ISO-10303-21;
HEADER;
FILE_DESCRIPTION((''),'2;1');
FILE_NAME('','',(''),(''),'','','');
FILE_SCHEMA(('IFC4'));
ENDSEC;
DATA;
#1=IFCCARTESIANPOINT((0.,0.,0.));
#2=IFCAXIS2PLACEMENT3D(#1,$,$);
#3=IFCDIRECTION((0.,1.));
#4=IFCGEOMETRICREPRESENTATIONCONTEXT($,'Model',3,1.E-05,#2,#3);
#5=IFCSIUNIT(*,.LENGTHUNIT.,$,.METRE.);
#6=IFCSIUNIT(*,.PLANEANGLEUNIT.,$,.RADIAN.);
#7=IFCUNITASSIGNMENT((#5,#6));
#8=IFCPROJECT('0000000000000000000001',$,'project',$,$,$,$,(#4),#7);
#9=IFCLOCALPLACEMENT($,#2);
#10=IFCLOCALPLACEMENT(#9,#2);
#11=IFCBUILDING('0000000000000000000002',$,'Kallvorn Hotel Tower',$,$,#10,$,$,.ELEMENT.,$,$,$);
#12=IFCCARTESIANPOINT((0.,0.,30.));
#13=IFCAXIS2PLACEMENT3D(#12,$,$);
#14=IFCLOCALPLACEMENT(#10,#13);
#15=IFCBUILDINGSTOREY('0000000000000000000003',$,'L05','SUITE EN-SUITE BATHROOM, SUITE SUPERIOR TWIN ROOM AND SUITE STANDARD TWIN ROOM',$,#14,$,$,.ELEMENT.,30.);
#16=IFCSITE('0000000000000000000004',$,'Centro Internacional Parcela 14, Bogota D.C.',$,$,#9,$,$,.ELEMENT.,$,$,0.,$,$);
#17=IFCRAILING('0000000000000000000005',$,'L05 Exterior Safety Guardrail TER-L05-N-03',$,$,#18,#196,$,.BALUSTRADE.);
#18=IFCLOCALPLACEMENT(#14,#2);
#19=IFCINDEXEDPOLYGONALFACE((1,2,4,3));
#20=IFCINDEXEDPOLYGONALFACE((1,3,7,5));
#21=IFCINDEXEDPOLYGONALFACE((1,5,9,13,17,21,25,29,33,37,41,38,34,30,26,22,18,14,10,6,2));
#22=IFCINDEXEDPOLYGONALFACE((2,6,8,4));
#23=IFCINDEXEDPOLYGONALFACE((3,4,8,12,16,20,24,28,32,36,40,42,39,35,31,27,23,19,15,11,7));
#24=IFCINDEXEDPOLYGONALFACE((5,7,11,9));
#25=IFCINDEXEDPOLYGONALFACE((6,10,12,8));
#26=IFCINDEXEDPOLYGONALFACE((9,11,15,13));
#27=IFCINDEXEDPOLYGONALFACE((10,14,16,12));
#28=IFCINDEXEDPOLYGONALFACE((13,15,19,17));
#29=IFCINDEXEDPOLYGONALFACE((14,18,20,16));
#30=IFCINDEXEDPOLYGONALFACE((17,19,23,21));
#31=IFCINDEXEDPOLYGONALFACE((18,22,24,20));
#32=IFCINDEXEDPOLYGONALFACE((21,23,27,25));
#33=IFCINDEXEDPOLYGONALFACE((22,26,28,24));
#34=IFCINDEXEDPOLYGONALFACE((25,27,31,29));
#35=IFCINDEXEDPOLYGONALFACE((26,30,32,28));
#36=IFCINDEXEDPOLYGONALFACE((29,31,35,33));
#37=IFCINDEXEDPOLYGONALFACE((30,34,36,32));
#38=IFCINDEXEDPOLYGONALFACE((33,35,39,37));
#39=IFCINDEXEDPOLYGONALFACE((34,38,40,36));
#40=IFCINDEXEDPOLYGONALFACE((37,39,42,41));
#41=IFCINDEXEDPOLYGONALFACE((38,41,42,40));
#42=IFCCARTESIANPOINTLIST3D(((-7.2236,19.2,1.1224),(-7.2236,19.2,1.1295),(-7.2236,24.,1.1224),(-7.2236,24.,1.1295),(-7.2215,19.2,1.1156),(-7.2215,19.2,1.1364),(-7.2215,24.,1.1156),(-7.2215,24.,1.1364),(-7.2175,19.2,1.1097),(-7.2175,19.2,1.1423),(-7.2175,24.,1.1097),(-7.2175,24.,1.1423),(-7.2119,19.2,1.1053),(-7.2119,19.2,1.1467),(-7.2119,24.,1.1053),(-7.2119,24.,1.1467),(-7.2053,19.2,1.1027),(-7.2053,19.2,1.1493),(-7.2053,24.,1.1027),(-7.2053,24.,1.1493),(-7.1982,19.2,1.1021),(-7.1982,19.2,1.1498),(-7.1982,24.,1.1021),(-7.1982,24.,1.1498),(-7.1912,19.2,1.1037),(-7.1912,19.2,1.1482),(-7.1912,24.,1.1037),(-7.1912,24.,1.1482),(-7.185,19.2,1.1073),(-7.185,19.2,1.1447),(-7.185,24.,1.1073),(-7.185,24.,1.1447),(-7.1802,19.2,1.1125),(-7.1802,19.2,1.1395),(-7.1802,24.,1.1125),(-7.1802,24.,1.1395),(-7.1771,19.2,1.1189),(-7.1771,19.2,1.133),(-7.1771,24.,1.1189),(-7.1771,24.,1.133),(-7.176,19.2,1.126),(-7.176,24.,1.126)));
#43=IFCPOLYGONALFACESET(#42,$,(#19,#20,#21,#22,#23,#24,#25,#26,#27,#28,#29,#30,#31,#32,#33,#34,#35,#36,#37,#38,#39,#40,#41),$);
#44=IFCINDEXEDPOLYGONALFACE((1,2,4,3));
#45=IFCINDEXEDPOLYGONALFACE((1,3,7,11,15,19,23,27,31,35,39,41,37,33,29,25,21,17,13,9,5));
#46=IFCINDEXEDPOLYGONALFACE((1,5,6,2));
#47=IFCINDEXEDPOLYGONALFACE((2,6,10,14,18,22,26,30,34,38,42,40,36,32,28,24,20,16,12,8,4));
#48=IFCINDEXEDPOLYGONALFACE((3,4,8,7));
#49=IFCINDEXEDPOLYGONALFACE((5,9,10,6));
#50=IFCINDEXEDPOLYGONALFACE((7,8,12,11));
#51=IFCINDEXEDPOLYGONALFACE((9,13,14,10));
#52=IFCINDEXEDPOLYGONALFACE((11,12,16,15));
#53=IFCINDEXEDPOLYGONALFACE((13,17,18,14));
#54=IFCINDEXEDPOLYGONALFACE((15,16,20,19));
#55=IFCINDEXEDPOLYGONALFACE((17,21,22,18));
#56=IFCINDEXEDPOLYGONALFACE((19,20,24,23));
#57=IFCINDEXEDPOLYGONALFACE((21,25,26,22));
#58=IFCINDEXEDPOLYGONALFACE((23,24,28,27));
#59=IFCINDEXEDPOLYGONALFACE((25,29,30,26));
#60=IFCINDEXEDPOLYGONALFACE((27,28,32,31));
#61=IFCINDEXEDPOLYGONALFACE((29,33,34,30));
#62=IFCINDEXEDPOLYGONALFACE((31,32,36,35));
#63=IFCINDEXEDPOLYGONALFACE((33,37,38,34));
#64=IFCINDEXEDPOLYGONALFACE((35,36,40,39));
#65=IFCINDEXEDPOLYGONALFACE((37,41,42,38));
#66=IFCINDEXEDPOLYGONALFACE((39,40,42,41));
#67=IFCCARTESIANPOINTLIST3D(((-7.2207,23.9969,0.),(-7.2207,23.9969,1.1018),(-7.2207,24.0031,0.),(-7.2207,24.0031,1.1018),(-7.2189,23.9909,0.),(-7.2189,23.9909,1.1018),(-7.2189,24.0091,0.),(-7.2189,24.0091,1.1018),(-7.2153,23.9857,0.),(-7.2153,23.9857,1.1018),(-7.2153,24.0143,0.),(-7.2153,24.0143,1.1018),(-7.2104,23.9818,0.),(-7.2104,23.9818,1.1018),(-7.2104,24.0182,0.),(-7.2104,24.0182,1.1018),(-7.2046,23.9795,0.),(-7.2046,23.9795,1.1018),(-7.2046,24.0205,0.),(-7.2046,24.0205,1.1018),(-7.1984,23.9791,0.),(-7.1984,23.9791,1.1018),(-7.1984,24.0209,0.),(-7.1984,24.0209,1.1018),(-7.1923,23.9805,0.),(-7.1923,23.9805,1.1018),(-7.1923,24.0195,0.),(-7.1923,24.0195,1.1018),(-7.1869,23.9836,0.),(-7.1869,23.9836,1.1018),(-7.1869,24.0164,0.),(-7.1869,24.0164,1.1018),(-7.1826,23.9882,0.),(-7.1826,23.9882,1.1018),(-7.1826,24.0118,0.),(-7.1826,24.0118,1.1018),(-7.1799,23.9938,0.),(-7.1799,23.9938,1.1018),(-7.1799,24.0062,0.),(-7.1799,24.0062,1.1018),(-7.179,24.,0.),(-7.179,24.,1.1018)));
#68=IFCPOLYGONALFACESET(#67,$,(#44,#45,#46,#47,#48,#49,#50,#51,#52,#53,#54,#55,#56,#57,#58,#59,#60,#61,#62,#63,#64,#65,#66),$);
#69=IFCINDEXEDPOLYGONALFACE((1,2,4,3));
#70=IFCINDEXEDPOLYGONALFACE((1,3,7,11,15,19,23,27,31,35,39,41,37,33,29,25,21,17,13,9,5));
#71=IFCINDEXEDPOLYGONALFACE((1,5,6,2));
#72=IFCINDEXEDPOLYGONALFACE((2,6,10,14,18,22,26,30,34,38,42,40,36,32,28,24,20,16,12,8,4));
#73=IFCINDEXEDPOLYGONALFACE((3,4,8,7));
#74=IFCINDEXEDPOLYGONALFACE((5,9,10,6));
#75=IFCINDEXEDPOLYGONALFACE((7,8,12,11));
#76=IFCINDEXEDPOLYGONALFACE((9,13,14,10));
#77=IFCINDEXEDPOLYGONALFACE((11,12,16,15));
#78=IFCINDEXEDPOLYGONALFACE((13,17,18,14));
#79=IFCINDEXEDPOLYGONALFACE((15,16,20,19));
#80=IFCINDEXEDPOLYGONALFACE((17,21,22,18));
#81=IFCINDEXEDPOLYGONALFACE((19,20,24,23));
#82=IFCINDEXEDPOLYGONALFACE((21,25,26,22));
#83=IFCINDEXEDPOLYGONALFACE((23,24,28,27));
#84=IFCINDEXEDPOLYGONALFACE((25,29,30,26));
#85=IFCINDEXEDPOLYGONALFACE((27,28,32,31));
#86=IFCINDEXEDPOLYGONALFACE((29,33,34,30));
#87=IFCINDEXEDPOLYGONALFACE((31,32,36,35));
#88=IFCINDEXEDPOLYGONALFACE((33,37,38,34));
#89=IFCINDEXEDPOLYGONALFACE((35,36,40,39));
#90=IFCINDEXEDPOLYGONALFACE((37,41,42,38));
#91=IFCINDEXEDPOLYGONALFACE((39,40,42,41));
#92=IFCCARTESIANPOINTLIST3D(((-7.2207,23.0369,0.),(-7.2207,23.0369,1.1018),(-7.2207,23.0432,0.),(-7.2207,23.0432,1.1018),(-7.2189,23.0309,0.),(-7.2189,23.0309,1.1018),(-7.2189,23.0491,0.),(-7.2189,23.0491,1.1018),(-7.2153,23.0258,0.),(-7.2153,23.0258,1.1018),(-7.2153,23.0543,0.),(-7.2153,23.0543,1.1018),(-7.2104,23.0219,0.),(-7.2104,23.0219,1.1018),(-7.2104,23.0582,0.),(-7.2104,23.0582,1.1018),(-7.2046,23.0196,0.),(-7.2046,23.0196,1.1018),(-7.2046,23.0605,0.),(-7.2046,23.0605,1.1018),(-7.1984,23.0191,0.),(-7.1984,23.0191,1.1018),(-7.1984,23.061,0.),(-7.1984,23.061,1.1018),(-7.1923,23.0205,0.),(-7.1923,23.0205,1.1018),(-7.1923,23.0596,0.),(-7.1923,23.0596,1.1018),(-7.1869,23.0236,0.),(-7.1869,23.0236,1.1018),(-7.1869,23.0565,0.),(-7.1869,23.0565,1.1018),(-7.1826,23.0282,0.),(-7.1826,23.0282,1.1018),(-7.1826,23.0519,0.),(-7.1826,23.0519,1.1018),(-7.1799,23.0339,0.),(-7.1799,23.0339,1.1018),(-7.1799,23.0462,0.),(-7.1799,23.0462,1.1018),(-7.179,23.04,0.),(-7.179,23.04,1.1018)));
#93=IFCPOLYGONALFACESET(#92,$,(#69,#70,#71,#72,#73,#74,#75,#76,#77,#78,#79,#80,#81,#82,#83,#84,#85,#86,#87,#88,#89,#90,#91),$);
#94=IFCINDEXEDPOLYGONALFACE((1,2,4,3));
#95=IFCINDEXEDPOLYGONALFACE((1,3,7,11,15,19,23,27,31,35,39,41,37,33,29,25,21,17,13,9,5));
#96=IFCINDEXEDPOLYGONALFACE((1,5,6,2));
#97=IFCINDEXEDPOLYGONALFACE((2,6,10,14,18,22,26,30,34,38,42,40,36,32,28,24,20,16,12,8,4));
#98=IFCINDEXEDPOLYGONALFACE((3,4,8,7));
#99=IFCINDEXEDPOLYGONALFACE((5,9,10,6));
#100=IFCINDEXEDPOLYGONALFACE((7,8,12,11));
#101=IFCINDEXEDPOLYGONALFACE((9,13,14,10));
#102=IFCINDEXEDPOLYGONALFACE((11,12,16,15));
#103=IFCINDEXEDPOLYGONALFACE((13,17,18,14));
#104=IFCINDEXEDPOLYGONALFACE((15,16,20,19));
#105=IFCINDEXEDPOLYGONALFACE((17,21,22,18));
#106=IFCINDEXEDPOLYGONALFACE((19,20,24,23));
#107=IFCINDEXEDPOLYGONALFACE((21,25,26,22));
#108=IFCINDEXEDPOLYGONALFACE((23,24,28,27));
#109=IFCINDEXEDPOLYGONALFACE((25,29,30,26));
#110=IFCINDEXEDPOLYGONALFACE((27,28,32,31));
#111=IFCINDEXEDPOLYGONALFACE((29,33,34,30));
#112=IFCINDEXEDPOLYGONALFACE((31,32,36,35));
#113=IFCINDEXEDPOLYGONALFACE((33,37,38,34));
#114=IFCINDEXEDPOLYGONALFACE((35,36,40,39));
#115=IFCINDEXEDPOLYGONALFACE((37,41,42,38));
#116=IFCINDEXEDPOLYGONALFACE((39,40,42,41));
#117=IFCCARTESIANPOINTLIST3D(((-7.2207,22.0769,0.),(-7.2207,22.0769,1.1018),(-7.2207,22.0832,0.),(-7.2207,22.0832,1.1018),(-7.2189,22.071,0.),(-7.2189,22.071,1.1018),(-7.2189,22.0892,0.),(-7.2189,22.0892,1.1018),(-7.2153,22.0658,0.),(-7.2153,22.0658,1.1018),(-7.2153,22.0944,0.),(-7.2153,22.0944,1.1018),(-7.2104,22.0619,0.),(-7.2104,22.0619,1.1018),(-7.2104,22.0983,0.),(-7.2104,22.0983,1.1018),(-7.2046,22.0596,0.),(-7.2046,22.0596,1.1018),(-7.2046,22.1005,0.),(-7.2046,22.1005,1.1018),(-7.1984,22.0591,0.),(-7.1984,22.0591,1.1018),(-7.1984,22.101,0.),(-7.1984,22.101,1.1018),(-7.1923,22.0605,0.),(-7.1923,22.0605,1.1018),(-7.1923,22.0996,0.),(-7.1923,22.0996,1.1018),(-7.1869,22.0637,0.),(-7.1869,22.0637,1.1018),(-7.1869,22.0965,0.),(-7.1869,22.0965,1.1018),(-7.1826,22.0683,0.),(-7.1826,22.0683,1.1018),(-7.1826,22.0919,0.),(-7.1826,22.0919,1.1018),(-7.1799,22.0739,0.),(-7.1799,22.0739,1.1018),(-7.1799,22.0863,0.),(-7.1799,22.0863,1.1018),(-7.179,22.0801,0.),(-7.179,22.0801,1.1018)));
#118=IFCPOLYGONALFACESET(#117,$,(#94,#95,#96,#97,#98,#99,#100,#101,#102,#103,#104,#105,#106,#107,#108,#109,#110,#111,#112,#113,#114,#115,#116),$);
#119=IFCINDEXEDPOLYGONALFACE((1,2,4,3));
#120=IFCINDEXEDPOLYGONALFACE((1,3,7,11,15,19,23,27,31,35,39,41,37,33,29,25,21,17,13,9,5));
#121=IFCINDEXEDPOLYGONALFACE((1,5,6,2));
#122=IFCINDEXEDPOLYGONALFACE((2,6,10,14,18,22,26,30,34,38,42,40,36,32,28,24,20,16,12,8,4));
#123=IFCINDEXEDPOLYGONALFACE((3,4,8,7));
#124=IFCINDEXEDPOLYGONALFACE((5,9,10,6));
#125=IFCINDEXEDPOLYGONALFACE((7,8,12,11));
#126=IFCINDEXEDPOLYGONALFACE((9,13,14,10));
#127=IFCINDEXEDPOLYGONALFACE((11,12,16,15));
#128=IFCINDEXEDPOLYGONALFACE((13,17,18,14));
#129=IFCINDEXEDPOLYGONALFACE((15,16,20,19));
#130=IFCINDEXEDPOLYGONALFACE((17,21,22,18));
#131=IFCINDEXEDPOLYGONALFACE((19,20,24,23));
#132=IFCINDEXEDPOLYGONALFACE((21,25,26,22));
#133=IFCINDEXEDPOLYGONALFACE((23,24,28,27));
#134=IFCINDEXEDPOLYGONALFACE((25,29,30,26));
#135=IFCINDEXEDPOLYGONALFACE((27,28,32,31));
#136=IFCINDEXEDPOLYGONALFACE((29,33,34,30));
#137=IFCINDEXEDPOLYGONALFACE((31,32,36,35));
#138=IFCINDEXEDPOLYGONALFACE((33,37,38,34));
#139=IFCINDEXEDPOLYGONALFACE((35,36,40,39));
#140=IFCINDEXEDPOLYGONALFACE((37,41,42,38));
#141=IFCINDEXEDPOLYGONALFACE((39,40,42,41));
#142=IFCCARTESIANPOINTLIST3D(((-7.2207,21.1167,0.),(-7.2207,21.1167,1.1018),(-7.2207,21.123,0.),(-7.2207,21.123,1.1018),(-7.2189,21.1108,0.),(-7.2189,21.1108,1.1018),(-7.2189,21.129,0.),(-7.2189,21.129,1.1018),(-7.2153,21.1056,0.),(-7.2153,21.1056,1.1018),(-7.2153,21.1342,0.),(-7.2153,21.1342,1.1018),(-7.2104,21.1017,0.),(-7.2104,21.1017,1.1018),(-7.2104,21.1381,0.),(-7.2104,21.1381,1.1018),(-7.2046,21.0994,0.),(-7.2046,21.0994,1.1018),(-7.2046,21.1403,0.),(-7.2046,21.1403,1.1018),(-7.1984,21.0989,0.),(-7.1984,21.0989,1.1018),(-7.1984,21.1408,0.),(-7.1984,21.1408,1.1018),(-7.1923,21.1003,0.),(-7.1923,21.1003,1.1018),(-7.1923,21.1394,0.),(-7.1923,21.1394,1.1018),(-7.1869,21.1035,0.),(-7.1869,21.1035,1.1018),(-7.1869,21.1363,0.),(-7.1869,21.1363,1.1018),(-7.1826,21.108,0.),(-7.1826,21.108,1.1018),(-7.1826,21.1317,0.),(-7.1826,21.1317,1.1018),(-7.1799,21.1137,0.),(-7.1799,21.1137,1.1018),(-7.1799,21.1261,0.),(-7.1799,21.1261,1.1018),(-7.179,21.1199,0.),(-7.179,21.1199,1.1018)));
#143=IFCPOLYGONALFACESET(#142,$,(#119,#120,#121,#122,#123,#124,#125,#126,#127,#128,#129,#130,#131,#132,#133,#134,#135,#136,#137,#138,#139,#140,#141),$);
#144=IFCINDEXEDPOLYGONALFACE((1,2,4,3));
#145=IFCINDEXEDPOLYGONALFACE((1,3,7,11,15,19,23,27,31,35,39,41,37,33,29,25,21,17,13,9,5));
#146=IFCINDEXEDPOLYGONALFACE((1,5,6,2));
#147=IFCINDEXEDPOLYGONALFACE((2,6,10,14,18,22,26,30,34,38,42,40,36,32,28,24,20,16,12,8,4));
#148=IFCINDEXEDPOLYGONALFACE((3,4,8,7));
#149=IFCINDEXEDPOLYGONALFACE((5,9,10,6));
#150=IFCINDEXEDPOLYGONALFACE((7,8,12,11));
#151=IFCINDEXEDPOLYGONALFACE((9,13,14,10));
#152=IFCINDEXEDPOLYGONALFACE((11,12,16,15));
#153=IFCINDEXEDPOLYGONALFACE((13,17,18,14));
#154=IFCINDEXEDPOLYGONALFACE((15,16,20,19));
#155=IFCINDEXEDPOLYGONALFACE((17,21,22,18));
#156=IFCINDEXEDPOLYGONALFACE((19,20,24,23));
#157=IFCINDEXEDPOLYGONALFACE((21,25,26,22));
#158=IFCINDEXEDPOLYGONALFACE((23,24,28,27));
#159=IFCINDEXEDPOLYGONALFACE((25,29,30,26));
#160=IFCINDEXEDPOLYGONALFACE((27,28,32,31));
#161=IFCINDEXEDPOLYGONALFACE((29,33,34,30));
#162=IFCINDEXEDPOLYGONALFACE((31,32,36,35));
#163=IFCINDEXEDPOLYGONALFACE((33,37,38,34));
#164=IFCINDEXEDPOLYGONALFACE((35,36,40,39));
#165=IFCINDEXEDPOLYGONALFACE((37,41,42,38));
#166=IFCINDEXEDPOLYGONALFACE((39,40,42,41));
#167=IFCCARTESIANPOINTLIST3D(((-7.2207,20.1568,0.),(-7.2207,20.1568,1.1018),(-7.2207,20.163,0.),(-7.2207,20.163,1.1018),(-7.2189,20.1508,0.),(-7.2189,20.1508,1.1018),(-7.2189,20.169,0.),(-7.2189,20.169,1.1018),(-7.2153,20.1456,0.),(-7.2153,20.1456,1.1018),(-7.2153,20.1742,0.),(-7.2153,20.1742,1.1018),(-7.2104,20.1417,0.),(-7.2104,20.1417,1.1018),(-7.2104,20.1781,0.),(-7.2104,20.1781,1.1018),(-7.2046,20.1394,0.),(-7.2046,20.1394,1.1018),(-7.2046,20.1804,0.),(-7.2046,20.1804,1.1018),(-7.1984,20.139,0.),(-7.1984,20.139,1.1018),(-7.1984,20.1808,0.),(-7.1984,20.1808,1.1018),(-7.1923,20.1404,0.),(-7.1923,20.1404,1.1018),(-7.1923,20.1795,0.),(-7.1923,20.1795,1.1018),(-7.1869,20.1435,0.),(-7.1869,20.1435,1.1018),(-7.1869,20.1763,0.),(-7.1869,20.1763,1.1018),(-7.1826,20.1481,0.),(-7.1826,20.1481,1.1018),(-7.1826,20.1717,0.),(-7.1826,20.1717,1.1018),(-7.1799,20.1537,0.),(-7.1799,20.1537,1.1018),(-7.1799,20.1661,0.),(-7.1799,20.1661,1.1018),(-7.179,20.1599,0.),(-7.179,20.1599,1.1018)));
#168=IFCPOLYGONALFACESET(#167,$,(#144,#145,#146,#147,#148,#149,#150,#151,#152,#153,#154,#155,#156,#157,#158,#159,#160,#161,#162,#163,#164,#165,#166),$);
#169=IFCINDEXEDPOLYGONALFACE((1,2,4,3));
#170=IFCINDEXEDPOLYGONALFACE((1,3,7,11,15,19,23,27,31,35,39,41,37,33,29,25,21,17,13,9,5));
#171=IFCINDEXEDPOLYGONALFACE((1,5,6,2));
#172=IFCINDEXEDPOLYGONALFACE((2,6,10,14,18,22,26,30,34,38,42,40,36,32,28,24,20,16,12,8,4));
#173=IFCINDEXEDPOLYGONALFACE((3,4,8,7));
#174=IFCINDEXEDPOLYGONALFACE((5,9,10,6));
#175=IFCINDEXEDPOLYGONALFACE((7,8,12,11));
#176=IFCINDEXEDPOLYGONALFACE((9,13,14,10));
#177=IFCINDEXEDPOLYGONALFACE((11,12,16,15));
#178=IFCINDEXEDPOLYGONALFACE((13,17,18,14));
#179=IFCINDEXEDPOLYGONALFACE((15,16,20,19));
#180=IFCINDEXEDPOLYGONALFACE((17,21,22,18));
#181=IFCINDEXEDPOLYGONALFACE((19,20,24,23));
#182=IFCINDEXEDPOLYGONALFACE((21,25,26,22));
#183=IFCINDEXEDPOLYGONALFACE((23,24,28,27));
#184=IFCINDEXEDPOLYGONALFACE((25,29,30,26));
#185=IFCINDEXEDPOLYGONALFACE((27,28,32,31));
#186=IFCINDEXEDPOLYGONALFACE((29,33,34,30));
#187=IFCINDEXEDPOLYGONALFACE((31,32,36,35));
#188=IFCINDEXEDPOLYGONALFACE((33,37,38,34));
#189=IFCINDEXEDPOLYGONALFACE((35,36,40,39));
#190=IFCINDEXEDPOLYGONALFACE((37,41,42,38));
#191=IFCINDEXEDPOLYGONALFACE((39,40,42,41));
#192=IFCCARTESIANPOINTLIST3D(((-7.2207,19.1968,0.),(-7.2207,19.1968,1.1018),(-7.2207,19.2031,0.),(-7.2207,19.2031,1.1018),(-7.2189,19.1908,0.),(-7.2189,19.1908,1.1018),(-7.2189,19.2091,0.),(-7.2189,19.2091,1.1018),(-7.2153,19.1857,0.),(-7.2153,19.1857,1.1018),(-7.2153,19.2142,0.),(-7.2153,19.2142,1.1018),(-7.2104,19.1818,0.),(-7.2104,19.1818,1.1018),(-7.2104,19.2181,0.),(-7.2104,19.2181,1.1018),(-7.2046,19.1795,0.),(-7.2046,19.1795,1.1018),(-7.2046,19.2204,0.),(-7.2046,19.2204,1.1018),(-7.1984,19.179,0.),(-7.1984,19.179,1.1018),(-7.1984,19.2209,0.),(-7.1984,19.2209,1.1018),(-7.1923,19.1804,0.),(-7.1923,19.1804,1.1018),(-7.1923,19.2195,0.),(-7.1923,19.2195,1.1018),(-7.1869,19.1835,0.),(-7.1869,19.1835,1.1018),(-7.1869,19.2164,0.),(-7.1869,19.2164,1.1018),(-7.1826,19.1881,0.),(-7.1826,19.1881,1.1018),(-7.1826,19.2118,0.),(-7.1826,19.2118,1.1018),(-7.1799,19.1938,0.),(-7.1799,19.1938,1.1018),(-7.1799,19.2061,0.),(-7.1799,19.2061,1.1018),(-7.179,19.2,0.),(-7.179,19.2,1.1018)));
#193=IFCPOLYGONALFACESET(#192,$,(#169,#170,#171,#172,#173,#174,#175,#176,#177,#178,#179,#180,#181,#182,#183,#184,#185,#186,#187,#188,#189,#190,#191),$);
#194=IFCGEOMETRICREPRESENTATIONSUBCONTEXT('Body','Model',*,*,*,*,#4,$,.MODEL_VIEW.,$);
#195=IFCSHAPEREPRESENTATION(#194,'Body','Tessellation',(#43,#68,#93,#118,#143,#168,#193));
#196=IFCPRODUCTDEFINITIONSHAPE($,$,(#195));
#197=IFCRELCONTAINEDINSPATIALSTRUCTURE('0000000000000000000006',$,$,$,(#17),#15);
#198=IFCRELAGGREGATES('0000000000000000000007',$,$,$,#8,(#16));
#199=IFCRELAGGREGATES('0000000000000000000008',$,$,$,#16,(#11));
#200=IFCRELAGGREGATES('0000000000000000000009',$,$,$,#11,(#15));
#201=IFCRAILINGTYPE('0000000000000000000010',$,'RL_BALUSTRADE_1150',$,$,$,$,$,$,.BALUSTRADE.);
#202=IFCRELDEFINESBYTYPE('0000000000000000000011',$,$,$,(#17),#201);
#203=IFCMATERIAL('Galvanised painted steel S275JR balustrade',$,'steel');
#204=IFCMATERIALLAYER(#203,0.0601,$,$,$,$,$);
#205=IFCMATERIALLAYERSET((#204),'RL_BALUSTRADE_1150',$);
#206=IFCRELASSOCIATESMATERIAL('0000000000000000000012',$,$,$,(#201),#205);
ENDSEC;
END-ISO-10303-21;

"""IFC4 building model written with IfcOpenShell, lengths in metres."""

from ifc_helpers import new_model, si_unit, direction, frame, origin, origin_2d, place, context, subcontext, project, spatial, circle, extrude, material, layer, layer_set, type_object, element, save


model = new_model("IFC4")

# Units and contexts
model_context = context("Model", 3, precision=1e-05, world=origin(), true_north=direction((0.0, 1.0)))
body_context = subcontext(model_context, "Body", "Model", "MODEL_VIEW")
ifc_project = project(units=[si_unit("LENGTHUNIT", "METRE"), si_unit("PLANEANGLEUNIT", "RADIAN")], contexts=[model_context])

# Site, building, storey
site_placement = place(None, origin())
site = spatial("IfcSite", under=ifc_project, at=site_placement, Name="Centro Internacional Parcela 14, Bogota D.C.", CompositionType="ELEMENT", RefElevation=0.0)
building_placement = place(site_placement, origin())
building = spatial("IfcBuilding", under=site, at=building_placement, Name="Kallvorn Hotel Tower", CompositionType="ELEMENT")
storey_placement = place(building_placement, frame((0.0, 0.0, 30.0)))
storey = spatial("IfcBuildingStorey", under=building, at=storey_placement, Name="L05", Description="SUITE EN-SUITE BATHROOM, SUITE SUPERIOR TWIN ROOM AND SUITE STANDARD TWIN ROOM", CompositionType="ELEMENT", Elevation=30.0)

# Railing
ifc_material_1 = material(Name="Galvanised painted steel S275JR balustrade", Category="steel")
ifc_layer_1 = layer(ifc_material_1, 0.0601)
ifc_layer_set_1 = layer_set([ifc_layer_1], Name="RL_BALUSTRADE_1150")
railing_type = type_object("IfcRailingType", Name="RL_BALUSTRADE_1150", PredefinedType="BALUSTRADE", material=ifc_layer_set_1)
railing_placement = place(storey_placement, frame((-7.2, 24.0, 0.0)))
element("IfcRailing", 1, at=railing_placement, inside=storey, type_object=railing_type, Name="L05 Exterior Safety Guardrail TER-L05-N-03", PredefinedType="BALUSTRADE", context=body_context, shape_type="SweptSolid", body=[
    extrude(circle(Radius=0.0239, at=origin_2d()), frame((0.0, 0.0, 1.126), z_axis=(0.0, -1.0, 0.0), x_axis=(1.0, 0.0, 0.0)), (0.0, 0.0, 1.0), 4.8),
    extrude(circle(Radius=0.021, at=origin_2d()), origin(), (0.0, 0.0, 1.0), 1.1018),
    extrude(circle(Radius=0.021, at=origin_2d()), frame((0.0, -0.96, 0.0)), (0.0, 0.0, 1.0), 1.1018),
    extrude(circle(Radius=0.021, at=origin_2d()), frame((0.0, -1.9199, 0.0)), (0.0, 0.0, 1.0), 1.1018),
    extrude(circle(Radius=0.021, at=origin_2d()), frame((0.0, -2.8801, 0.0)), (0.0, 0.0, 1.0), 1.1018),
    extrude(circle(Radius=0.021, at=origin_2d()), frame((0.0, -3.8401, 0.0)), (0.0, 0.0, 1.0), 1.1018),
    extrude(circle(Radius=0.021, at=origin_2d()), frame((0.0, -4.8, 0.0)), (0.0, 0.0, 1.0), 1.1018),
])

save(model, "model.ifc")
